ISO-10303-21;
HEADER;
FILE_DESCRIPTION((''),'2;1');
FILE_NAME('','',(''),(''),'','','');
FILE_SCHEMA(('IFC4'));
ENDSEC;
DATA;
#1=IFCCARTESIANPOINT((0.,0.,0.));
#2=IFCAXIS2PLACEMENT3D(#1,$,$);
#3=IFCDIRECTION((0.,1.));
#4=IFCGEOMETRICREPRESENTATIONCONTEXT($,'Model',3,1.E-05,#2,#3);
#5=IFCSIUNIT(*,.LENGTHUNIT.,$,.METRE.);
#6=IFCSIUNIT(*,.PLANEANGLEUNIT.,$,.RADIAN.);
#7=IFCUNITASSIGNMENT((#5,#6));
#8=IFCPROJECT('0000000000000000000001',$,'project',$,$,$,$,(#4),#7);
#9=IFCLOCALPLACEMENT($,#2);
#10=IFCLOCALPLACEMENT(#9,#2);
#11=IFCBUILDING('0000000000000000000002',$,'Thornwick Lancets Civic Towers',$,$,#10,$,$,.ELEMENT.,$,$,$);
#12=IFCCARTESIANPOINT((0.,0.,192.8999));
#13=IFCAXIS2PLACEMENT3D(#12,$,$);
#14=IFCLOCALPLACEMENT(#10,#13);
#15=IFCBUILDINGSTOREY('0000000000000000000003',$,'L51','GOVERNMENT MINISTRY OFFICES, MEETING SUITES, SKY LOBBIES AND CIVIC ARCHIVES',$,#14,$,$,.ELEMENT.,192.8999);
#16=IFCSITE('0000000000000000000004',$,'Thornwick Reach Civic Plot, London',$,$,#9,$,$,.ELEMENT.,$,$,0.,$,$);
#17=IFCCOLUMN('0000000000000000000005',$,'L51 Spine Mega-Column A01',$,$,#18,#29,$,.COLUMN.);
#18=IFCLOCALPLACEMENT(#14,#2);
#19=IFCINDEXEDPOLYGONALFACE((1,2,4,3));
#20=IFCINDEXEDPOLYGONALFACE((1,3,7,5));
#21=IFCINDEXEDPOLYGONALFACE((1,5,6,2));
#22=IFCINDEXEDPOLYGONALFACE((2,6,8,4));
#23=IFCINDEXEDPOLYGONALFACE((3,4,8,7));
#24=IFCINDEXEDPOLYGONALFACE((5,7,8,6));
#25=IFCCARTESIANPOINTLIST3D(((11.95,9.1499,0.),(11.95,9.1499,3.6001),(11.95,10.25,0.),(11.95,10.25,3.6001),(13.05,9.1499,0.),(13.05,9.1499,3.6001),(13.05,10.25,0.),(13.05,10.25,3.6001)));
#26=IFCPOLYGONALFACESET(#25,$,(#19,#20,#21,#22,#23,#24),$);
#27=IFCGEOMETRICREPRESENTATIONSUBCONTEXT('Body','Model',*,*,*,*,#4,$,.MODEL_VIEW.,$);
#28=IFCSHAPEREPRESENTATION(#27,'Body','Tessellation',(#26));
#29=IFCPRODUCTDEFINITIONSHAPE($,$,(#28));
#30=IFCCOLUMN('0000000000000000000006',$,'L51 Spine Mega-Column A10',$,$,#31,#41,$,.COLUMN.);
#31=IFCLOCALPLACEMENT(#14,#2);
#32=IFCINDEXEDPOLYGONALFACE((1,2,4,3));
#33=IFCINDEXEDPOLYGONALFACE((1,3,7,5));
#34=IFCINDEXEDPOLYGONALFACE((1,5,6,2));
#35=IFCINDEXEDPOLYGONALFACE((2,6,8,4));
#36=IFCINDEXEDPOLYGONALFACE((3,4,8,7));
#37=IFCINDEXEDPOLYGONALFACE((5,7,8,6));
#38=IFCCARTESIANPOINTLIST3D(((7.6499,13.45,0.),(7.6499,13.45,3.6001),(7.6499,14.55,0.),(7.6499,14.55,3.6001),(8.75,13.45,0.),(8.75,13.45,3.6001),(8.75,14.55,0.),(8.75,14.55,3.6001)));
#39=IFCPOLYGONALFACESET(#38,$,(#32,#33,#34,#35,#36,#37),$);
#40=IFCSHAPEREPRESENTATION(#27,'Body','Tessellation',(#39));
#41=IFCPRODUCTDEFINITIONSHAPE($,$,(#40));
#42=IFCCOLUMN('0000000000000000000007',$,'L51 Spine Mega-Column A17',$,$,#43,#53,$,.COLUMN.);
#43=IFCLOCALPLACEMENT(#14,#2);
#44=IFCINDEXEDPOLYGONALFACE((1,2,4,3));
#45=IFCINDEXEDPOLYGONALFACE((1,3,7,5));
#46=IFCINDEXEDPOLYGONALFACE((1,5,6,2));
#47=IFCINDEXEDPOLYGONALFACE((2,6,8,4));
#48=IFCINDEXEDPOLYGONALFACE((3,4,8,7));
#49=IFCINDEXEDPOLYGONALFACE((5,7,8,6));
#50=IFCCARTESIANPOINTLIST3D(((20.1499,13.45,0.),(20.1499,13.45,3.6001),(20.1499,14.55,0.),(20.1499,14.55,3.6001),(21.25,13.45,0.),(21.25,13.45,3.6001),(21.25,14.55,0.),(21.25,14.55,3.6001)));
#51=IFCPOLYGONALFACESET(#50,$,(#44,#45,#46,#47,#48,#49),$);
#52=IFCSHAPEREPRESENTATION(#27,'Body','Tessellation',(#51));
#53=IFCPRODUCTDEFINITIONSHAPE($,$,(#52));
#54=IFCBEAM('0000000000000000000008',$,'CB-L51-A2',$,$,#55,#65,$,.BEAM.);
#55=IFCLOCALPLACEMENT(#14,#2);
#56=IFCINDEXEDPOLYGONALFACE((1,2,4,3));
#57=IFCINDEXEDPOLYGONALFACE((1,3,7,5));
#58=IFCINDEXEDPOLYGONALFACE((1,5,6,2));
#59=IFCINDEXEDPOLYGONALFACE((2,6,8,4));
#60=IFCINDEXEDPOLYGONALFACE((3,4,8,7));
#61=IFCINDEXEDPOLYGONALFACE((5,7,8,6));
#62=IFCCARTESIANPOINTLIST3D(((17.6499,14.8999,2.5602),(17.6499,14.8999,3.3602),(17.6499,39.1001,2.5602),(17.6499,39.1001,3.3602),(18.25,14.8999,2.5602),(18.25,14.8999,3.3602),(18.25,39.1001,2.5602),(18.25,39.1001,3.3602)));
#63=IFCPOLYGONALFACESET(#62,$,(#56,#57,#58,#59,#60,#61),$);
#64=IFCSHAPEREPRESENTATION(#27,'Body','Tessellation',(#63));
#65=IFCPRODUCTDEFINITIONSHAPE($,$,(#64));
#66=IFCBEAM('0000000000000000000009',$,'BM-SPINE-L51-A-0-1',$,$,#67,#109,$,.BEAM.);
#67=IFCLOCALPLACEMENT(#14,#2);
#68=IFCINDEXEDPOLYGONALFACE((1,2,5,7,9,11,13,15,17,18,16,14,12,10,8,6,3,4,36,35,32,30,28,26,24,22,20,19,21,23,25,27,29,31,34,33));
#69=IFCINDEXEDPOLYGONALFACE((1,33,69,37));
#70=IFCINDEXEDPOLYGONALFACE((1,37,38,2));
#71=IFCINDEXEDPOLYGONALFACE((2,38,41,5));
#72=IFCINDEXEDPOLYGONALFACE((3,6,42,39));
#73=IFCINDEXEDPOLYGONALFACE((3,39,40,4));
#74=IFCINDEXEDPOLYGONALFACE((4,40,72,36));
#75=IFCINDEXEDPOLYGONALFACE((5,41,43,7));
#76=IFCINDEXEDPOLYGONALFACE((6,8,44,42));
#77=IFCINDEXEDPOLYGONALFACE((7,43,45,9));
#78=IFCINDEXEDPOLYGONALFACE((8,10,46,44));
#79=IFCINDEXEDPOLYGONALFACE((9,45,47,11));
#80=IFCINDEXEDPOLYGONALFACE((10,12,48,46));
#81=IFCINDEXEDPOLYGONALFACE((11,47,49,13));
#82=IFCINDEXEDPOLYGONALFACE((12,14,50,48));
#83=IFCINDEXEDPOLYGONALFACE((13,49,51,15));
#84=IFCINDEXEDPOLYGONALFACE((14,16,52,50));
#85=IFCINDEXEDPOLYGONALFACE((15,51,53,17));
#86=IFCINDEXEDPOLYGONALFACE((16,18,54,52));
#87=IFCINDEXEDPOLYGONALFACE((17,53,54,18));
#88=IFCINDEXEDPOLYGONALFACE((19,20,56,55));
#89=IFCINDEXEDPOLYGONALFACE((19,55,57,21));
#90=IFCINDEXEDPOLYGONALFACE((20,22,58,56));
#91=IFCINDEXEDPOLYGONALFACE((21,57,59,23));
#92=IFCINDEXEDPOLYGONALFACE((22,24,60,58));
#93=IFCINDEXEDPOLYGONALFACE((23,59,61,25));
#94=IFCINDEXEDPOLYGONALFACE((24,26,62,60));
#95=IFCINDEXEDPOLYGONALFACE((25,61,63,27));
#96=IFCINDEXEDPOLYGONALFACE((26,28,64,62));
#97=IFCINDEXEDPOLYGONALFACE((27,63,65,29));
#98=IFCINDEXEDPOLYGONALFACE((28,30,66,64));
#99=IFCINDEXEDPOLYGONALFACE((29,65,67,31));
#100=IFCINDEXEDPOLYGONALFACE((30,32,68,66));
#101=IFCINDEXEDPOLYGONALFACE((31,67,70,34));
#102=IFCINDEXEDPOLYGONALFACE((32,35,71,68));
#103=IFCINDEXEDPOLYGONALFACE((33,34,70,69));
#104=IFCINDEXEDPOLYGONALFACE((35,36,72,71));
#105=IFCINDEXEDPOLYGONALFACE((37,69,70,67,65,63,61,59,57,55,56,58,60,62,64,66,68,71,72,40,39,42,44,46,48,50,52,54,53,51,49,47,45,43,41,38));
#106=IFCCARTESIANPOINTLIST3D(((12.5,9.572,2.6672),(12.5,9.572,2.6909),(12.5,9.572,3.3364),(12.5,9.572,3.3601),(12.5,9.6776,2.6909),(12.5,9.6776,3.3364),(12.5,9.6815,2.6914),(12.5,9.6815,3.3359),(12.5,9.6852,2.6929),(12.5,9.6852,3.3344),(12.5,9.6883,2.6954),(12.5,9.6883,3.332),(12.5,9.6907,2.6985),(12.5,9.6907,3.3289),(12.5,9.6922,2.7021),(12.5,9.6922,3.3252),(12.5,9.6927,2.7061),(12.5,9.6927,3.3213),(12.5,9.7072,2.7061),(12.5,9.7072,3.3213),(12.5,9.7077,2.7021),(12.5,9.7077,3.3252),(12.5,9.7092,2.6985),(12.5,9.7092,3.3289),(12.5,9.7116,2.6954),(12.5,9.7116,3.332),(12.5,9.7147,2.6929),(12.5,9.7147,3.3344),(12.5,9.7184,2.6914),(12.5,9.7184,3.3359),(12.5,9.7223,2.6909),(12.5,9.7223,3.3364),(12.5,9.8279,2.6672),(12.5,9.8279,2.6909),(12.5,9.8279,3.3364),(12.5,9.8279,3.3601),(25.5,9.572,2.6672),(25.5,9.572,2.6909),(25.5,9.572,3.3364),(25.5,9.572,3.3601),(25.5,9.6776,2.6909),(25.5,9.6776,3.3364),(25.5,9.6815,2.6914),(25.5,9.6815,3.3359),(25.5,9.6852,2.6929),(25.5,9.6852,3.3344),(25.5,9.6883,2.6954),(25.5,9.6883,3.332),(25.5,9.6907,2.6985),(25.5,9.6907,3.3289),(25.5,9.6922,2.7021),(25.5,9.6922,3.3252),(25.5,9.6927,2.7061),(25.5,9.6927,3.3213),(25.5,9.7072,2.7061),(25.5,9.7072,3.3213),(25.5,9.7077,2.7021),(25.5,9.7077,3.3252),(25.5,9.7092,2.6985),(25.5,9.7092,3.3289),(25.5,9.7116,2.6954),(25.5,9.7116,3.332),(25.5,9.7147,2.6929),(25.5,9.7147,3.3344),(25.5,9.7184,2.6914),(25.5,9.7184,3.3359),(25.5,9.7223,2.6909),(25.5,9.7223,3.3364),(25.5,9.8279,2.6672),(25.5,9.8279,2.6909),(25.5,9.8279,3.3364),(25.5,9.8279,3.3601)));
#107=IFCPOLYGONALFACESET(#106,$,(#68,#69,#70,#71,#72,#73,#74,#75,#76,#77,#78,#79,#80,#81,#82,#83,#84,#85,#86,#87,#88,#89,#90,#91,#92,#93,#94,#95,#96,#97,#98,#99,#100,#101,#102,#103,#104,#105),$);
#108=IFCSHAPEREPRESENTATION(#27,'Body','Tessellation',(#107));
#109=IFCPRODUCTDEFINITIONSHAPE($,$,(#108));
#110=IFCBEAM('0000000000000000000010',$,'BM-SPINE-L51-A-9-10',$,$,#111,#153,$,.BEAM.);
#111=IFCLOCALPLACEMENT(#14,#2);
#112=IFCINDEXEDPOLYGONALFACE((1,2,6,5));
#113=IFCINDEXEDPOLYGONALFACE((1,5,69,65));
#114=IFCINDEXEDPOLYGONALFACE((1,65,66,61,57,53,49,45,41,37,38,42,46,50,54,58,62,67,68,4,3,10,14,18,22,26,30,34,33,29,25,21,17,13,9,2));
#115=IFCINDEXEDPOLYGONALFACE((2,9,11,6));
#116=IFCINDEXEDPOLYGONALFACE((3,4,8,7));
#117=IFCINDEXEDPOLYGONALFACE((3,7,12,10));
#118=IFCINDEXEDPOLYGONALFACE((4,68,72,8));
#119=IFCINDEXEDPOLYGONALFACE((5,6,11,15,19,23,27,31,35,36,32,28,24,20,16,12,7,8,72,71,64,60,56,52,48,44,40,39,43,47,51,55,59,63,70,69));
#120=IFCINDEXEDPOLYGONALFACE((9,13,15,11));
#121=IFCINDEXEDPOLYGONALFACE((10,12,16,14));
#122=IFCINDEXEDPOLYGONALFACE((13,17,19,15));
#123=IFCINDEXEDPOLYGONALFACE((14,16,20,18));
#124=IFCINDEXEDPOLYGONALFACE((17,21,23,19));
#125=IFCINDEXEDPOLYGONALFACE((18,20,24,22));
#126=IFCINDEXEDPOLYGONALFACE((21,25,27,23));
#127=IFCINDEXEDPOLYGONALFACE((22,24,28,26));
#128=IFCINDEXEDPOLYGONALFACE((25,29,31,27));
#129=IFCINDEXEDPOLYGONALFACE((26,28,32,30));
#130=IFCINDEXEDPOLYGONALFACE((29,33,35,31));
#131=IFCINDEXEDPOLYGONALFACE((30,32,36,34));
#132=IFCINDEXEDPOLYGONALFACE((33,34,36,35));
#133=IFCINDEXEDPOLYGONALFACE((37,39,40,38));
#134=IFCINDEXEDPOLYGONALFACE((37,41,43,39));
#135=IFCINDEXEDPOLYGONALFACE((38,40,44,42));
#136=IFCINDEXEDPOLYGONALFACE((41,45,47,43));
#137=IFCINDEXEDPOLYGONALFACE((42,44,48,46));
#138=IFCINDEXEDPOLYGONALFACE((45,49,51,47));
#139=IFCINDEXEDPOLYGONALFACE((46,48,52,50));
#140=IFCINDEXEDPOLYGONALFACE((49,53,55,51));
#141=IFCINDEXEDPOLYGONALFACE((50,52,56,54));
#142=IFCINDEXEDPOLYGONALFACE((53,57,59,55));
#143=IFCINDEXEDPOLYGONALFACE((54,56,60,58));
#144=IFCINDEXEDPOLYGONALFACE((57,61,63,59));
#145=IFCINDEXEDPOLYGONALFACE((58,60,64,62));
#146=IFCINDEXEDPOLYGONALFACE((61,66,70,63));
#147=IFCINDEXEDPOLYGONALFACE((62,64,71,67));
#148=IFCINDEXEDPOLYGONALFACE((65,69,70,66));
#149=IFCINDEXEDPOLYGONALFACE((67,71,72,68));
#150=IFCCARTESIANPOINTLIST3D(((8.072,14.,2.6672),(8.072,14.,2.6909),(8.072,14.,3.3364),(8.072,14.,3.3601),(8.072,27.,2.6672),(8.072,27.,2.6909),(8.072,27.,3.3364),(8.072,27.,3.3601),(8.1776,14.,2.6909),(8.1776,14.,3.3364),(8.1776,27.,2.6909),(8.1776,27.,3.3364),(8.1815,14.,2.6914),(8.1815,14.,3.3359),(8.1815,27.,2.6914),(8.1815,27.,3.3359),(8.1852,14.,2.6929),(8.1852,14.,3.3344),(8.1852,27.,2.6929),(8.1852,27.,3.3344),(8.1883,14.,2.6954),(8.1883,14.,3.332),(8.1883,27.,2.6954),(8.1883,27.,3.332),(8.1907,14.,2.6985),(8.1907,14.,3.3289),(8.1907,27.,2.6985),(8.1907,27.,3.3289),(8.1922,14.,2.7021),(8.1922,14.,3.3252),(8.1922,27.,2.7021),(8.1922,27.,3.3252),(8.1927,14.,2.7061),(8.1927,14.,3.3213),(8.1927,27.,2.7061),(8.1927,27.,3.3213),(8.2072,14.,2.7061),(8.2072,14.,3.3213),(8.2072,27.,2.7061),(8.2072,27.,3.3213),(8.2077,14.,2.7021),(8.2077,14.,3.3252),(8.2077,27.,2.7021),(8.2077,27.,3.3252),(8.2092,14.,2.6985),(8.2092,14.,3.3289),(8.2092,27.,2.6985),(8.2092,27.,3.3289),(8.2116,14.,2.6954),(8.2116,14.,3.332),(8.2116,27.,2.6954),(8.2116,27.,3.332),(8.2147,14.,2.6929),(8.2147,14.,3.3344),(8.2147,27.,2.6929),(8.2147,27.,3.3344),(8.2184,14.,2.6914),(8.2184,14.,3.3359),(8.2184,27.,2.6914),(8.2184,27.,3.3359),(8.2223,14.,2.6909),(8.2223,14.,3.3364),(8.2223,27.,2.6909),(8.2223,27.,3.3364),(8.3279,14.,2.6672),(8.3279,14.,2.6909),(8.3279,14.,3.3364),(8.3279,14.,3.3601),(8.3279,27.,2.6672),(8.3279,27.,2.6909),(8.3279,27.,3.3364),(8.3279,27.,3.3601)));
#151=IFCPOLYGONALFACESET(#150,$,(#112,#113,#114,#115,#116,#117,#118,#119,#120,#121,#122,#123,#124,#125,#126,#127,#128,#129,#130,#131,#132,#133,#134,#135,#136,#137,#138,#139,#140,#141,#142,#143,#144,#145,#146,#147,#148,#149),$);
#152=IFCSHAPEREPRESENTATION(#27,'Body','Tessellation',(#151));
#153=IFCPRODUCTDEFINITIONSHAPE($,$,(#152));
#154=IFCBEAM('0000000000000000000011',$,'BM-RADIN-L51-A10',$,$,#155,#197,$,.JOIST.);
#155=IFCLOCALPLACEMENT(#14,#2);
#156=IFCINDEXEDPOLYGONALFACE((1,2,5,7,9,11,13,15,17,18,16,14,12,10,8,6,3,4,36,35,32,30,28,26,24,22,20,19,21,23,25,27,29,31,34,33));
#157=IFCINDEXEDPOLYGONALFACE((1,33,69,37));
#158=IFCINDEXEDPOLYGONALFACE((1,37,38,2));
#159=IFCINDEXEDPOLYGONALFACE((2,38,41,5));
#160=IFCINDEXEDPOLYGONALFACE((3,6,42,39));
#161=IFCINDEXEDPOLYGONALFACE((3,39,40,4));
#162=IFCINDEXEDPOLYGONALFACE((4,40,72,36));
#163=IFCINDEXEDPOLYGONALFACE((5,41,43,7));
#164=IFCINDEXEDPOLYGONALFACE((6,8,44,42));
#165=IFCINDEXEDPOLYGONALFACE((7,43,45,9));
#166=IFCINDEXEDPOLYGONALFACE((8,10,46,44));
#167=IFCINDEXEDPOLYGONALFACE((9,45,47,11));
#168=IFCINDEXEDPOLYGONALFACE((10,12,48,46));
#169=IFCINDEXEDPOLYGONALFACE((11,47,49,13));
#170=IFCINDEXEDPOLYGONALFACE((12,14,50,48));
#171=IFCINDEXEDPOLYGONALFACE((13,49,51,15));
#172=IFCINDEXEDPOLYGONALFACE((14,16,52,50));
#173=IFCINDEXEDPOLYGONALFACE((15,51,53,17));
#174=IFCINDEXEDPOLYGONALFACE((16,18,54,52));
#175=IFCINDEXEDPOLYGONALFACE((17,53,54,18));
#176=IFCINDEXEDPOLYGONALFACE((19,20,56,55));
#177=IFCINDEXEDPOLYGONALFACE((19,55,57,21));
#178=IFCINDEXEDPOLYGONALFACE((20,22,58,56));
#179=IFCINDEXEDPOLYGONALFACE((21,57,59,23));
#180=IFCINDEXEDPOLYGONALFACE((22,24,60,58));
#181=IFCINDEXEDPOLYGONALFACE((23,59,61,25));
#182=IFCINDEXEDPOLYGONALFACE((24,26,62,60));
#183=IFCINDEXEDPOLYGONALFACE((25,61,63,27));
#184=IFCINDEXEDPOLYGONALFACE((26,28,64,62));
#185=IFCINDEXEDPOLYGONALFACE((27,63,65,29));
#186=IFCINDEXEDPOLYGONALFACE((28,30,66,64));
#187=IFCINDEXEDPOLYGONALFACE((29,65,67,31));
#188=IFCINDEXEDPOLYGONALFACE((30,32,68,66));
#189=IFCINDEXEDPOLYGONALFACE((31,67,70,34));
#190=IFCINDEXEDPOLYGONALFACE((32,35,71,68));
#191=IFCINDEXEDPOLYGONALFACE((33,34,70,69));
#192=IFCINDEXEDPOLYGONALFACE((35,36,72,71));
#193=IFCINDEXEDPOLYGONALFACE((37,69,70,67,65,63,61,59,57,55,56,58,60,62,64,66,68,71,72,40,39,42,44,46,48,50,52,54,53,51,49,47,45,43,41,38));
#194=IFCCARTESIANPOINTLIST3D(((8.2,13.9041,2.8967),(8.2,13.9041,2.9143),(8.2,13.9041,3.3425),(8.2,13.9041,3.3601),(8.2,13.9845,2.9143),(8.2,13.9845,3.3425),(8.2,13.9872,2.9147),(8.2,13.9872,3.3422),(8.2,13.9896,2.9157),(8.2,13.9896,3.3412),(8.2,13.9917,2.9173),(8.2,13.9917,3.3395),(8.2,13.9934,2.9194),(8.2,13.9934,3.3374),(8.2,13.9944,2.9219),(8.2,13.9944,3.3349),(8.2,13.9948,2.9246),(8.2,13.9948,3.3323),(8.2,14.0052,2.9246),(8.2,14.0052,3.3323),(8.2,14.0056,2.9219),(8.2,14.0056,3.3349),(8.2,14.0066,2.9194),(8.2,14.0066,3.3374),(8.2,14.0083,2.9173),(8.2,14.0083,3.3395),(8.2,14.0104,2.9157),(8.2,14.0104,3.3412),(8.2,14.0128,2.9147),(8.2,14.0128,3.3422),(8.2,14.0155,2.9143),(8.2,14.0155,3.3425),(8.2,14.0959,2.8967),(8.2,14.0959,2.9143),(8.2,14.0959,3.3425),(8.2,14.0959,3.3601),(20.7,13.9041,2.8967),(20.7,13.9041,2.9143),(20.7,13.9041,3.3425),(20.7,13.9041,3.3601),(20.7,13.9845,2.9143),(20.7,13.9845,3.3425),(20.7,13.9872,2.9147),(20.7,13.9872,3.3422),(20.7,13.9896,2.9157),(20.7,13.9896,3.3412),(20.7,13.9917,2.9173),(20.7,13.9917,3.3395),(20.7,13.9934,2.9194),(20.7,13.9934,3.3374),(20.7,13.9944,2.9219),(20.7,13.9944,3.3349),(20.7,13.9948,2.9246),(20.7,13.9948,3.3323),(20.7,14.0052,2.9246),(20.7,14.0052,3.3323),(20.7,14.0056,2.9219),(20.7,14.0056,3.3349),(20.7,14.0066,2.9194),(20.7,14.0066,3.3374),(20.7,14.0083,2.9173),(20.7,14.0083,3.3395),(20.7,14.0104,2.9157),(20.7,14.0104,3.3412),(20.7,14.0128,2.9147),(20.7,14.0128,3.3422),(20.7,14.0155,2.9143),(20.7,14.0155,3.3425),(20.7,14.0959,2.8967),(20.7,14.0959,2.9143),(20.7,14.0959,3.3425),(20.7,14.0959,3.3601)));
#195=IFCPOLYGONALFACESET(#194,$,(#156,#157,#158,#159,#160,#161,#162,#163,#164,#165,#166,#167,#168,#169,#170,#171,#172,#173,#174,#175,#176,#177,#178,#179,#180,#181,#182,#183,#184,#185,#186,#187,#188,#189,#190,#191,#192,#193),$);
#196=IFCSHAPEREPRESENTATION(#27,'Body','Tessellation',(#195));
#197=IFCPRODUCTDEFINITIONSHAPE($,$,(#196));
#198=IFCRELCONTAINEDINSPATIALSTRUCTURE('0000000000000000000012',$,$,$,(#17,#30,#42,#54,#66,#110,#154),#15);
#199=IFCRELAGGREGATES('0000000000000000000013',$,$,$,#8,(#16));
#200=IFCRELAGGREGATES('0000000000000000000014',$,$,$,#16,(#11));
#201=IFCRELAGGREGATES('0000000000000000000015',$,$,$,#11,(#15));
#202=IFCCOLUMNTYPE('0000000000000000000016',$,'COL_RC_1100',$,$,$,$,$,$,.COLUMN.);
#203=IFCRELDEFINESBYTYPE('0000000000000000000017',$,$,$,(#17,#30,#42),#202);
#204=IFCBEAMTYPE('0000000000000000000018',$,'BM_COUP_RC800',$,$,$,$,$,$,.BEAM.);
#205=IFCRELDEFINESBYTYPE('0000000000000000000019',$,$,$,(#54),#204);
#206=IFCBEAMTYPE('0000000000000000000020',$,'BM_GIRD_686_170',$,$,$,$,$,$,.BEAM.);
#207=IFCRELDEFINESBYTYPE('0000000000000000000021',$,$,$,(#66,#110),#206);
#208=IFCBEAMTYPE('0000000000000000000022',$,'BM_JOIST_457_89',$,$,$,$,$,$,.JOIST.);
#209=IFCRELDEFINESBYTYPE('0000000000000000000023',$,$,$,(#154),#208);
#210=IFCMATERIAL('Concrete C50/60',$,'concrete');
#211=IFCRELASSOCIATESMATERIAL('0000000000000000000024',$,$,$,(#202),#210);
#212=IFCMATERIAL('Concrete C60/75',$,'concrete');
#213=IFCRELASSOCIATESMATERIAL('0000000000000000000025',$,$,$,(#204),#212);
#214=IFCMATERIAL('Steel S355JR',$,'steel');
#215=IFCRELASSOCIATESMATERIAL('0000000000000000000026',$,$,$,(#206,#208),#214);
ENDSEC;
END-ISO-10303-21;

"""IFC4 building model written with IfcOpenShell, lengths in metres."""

from ifc_helpers import new_model, si_unit, direction, frame, origin, origin_2d, place, context, subcontext, project, spatial, rectangle, i_section, extrude, material, material_profile, profile_set, type_object, element, save


model = new_model("IFC4")

# Units and contexts
model_context = context("Model", 3, precision=1e-05, world=origin(), true_north=direction((0.0, 1.0)))
body_context = subcontext(model_context, "Body", "Model", "MODEL_VIEW")
ifc_project = project(units=[si_unit("LENGTHUNIT", "METRE"), si_unit("PLANEANGLEUNIT", "RADIAN")], contexts=[model_context])

# Site, building, storey
site_placement = place(None, origin())
site = spatial("IfcSite", under=ifc_project, at=site_placement, Name="Thornwick Reach Civic Plot, London", CompositionType="ELEMENT", RefElevation=0.0)
building_placement = place(site_placement, origin())
building = spatial("IfcBuilding", under=site, at=building_placement, Name="Thornwick Lancets Civic Towers", CompositionType="ELEMENT")
storey_placement = place(building_placement, frame((0.0, 0.0, 192.8999)))
storey = spatial("IfcBuildingStorey", under=building, at=storey_placement, Name="L51", Description="GOVERNMENT MINISTRY OFFICES, MEETING SUITES, SKY LOBBIES AND CIVIC ARCHIVES", CompositionType="ELEMENT", Elevation=192.8999)

# Columns
ifc_material_1 = material(Name="Concrete C50/60", Category="concrete")
ifc_material_profile_1 = material_profile(ifc_material_1, rectangle(XDim=1.1001, YDim=1.1001, at=origin_2d()), Name="RC 1100x1100")
ifc_profile_set_1 = profile_set([ifc_material_profile_1], Name="Concrete C50/60")
column_type = type_object("IfcColumnType", Name="COL_RC_1100", PredefinedType="COLUMN", material=ifc_profile_set_1)
for number, where, z_axis, x_axis, name in (
    (1, (12.5, 9.7, 0.0), (0.0, 0.0, 1.0), (1.0, 0.0, 0.0), "L51 Spine Mega-Column A01"),
    (2, (8.2, 14.0, 0.0), (0.0, 0.0, 1.0), (1.0, 0.0, 0.0), "L51 Spine Mega-Column A10"),
    (3, (20.7, 14.0, 0.0), (0.0, 0.0, 1.0), (1.0, 0.0, 0.0), "L51 Spine Mega-Column A17"),
):
    element("IfcColumn", number, at=place(storey_placement, frame(where, z_axis=z_axis, x_axis=x_axis)), inside=storey, type_object=column_type, Name=name, PredefinedType="COLUMN", context=body_context, shape_type="SweptSolid", body=[
        extrude(rectangle(XDim=1.1001, YDim=1.1001, at=origin_2d()), origin(), (0.0, 0.0, 1.0), 3.6001),
    ])

# Beams
ifc_material_2 = material(Name="Concrete C60/75", Category="concrete")
ifc_material_profile_2 = material_profile(ifc_material_2, rectangle(XDim=0.6001, YDim=0.8, at=origin_2d()), Name="RC 600x800")
ifc_profile_set_2 = profile_set([ifc_material_profile_2], Name="Concrete C60/75")
beam_type_1 = type_object("IfcBeamType", Name="BM_COUP_RC800", PredefinedType="BEAM", material=ifc_profile_set_2)
beam_1_placement = place(storey_placement, frame((17.95, 14.8999, 2.9602), z_axis=(0.0, 1.0, 0.0), x_axis=(-1.0, 0.0, 0.0)))
element("IfcBeam", 4, at=beam_1_placement, inside=storey, type_object=beam_type_1, Name="CB-L51-A2", PredefinedType="BEAM", context=body_context, shape_type="SweptSolid", body=[
    extrude(rectangle(XDim=0.6001, YDim=0.8, at=origin_2d()), origin(), (0.0, 0.0, 1.0), 24.2002),
])
ifc_material_3 = material(Name="Steel S355JR", Category="steel")
ifc_material_profile_3 = material_profile(ifc_material_3, i_section(OverallWidth=0.2559, OverallDepth=0.6929, WebThickness=0.0144, FlangeThickness=0.0237, FilletRadius=0.0151, at=origin_2d()), Name="UKB 686x254x170")
ifc_profile_set_3 = profile_set([ifc_material_profile_3], Name="Steel S355JR")
beam_type_2 = type_object("IfcBeamType", Name="BM_GIRD_686_170", PredefinedType="BEAM", material=ifc_profile_set_3)
for number, where, z_axis, x_axis, name in (
    (5, (12.5, 9.7, 3.0137), (1.0, 0.0, 0.0), (0.0, 1.0, 0.0), "BM-SPINE-L51-A-0-1"),
    (6, (8.2, 14.0, 3.0137), (0.0, 1.0, 0.0), (-1.0, 0.0, 0.0), "BM-SPINE-L51-A-9-10"),
):
    element("IfcBeam", number, at=place(storey_placement, frame(where, z_axis=z_axis, x_axis=x_axis)), inside=storey, type_object=beam_type_2, Name=name, PredefinedType="BEAM", context=body_context, shape_type="SweptSolid", body=[
        extrude(i_section(OverallWidth=0.2559, OverallDepth=0.6929, WebThickness=0.0144, FlangeThickness=0.0237, FilletRadius=0.0151, at=origin_2d()), origin(), (0.0, 0.0, 1.0), 13.0),
    ])
ifc_material_profile_4 = material_profile(ifc_material_3, i_section(OverallWidth=0.1919, OverallDepth=0.4634, WebThickness=0.0105, FlangeThickness=0.0176, FilletRadius=0.0103, at=origin_2d()), Name="UKB 457x191x89")
ifc_profile_set_4 = profile_set([ifc_material_profile_4], Name="Steel S355JR")
beam_type_3 = type_object("IfcBeamType", Name="BM_JOIST_457_89", PredefinedType="JOIST", material=ifc_profile_set_4)
beam_2_placement = place(storey_placement, frame((20.7, 14.0, 3.1284), z_axis=(-1.0, 0.0, 0.0), x_axis=(0.0, -1.0, 0.0)))
element("IfcBeam", 7, at=beam_2_placement, inside=storey, type_object=beam_type_3, Name="BM-RADIN-L51-A10", PredefinedType="JOIST", context=body_context, shape_type="SweptSolid", body=[
    extrude(i_section(OverallWidth=0.1919, OverallDepth=0.4634, WebThickness=0.0105, FlangeThickness=0.0176, FilletRadius=0.0103, at=origin_2d()), origin(), (0.0, 0.0, 1.0), 12.5),
])

save(model, "model.ifc")
